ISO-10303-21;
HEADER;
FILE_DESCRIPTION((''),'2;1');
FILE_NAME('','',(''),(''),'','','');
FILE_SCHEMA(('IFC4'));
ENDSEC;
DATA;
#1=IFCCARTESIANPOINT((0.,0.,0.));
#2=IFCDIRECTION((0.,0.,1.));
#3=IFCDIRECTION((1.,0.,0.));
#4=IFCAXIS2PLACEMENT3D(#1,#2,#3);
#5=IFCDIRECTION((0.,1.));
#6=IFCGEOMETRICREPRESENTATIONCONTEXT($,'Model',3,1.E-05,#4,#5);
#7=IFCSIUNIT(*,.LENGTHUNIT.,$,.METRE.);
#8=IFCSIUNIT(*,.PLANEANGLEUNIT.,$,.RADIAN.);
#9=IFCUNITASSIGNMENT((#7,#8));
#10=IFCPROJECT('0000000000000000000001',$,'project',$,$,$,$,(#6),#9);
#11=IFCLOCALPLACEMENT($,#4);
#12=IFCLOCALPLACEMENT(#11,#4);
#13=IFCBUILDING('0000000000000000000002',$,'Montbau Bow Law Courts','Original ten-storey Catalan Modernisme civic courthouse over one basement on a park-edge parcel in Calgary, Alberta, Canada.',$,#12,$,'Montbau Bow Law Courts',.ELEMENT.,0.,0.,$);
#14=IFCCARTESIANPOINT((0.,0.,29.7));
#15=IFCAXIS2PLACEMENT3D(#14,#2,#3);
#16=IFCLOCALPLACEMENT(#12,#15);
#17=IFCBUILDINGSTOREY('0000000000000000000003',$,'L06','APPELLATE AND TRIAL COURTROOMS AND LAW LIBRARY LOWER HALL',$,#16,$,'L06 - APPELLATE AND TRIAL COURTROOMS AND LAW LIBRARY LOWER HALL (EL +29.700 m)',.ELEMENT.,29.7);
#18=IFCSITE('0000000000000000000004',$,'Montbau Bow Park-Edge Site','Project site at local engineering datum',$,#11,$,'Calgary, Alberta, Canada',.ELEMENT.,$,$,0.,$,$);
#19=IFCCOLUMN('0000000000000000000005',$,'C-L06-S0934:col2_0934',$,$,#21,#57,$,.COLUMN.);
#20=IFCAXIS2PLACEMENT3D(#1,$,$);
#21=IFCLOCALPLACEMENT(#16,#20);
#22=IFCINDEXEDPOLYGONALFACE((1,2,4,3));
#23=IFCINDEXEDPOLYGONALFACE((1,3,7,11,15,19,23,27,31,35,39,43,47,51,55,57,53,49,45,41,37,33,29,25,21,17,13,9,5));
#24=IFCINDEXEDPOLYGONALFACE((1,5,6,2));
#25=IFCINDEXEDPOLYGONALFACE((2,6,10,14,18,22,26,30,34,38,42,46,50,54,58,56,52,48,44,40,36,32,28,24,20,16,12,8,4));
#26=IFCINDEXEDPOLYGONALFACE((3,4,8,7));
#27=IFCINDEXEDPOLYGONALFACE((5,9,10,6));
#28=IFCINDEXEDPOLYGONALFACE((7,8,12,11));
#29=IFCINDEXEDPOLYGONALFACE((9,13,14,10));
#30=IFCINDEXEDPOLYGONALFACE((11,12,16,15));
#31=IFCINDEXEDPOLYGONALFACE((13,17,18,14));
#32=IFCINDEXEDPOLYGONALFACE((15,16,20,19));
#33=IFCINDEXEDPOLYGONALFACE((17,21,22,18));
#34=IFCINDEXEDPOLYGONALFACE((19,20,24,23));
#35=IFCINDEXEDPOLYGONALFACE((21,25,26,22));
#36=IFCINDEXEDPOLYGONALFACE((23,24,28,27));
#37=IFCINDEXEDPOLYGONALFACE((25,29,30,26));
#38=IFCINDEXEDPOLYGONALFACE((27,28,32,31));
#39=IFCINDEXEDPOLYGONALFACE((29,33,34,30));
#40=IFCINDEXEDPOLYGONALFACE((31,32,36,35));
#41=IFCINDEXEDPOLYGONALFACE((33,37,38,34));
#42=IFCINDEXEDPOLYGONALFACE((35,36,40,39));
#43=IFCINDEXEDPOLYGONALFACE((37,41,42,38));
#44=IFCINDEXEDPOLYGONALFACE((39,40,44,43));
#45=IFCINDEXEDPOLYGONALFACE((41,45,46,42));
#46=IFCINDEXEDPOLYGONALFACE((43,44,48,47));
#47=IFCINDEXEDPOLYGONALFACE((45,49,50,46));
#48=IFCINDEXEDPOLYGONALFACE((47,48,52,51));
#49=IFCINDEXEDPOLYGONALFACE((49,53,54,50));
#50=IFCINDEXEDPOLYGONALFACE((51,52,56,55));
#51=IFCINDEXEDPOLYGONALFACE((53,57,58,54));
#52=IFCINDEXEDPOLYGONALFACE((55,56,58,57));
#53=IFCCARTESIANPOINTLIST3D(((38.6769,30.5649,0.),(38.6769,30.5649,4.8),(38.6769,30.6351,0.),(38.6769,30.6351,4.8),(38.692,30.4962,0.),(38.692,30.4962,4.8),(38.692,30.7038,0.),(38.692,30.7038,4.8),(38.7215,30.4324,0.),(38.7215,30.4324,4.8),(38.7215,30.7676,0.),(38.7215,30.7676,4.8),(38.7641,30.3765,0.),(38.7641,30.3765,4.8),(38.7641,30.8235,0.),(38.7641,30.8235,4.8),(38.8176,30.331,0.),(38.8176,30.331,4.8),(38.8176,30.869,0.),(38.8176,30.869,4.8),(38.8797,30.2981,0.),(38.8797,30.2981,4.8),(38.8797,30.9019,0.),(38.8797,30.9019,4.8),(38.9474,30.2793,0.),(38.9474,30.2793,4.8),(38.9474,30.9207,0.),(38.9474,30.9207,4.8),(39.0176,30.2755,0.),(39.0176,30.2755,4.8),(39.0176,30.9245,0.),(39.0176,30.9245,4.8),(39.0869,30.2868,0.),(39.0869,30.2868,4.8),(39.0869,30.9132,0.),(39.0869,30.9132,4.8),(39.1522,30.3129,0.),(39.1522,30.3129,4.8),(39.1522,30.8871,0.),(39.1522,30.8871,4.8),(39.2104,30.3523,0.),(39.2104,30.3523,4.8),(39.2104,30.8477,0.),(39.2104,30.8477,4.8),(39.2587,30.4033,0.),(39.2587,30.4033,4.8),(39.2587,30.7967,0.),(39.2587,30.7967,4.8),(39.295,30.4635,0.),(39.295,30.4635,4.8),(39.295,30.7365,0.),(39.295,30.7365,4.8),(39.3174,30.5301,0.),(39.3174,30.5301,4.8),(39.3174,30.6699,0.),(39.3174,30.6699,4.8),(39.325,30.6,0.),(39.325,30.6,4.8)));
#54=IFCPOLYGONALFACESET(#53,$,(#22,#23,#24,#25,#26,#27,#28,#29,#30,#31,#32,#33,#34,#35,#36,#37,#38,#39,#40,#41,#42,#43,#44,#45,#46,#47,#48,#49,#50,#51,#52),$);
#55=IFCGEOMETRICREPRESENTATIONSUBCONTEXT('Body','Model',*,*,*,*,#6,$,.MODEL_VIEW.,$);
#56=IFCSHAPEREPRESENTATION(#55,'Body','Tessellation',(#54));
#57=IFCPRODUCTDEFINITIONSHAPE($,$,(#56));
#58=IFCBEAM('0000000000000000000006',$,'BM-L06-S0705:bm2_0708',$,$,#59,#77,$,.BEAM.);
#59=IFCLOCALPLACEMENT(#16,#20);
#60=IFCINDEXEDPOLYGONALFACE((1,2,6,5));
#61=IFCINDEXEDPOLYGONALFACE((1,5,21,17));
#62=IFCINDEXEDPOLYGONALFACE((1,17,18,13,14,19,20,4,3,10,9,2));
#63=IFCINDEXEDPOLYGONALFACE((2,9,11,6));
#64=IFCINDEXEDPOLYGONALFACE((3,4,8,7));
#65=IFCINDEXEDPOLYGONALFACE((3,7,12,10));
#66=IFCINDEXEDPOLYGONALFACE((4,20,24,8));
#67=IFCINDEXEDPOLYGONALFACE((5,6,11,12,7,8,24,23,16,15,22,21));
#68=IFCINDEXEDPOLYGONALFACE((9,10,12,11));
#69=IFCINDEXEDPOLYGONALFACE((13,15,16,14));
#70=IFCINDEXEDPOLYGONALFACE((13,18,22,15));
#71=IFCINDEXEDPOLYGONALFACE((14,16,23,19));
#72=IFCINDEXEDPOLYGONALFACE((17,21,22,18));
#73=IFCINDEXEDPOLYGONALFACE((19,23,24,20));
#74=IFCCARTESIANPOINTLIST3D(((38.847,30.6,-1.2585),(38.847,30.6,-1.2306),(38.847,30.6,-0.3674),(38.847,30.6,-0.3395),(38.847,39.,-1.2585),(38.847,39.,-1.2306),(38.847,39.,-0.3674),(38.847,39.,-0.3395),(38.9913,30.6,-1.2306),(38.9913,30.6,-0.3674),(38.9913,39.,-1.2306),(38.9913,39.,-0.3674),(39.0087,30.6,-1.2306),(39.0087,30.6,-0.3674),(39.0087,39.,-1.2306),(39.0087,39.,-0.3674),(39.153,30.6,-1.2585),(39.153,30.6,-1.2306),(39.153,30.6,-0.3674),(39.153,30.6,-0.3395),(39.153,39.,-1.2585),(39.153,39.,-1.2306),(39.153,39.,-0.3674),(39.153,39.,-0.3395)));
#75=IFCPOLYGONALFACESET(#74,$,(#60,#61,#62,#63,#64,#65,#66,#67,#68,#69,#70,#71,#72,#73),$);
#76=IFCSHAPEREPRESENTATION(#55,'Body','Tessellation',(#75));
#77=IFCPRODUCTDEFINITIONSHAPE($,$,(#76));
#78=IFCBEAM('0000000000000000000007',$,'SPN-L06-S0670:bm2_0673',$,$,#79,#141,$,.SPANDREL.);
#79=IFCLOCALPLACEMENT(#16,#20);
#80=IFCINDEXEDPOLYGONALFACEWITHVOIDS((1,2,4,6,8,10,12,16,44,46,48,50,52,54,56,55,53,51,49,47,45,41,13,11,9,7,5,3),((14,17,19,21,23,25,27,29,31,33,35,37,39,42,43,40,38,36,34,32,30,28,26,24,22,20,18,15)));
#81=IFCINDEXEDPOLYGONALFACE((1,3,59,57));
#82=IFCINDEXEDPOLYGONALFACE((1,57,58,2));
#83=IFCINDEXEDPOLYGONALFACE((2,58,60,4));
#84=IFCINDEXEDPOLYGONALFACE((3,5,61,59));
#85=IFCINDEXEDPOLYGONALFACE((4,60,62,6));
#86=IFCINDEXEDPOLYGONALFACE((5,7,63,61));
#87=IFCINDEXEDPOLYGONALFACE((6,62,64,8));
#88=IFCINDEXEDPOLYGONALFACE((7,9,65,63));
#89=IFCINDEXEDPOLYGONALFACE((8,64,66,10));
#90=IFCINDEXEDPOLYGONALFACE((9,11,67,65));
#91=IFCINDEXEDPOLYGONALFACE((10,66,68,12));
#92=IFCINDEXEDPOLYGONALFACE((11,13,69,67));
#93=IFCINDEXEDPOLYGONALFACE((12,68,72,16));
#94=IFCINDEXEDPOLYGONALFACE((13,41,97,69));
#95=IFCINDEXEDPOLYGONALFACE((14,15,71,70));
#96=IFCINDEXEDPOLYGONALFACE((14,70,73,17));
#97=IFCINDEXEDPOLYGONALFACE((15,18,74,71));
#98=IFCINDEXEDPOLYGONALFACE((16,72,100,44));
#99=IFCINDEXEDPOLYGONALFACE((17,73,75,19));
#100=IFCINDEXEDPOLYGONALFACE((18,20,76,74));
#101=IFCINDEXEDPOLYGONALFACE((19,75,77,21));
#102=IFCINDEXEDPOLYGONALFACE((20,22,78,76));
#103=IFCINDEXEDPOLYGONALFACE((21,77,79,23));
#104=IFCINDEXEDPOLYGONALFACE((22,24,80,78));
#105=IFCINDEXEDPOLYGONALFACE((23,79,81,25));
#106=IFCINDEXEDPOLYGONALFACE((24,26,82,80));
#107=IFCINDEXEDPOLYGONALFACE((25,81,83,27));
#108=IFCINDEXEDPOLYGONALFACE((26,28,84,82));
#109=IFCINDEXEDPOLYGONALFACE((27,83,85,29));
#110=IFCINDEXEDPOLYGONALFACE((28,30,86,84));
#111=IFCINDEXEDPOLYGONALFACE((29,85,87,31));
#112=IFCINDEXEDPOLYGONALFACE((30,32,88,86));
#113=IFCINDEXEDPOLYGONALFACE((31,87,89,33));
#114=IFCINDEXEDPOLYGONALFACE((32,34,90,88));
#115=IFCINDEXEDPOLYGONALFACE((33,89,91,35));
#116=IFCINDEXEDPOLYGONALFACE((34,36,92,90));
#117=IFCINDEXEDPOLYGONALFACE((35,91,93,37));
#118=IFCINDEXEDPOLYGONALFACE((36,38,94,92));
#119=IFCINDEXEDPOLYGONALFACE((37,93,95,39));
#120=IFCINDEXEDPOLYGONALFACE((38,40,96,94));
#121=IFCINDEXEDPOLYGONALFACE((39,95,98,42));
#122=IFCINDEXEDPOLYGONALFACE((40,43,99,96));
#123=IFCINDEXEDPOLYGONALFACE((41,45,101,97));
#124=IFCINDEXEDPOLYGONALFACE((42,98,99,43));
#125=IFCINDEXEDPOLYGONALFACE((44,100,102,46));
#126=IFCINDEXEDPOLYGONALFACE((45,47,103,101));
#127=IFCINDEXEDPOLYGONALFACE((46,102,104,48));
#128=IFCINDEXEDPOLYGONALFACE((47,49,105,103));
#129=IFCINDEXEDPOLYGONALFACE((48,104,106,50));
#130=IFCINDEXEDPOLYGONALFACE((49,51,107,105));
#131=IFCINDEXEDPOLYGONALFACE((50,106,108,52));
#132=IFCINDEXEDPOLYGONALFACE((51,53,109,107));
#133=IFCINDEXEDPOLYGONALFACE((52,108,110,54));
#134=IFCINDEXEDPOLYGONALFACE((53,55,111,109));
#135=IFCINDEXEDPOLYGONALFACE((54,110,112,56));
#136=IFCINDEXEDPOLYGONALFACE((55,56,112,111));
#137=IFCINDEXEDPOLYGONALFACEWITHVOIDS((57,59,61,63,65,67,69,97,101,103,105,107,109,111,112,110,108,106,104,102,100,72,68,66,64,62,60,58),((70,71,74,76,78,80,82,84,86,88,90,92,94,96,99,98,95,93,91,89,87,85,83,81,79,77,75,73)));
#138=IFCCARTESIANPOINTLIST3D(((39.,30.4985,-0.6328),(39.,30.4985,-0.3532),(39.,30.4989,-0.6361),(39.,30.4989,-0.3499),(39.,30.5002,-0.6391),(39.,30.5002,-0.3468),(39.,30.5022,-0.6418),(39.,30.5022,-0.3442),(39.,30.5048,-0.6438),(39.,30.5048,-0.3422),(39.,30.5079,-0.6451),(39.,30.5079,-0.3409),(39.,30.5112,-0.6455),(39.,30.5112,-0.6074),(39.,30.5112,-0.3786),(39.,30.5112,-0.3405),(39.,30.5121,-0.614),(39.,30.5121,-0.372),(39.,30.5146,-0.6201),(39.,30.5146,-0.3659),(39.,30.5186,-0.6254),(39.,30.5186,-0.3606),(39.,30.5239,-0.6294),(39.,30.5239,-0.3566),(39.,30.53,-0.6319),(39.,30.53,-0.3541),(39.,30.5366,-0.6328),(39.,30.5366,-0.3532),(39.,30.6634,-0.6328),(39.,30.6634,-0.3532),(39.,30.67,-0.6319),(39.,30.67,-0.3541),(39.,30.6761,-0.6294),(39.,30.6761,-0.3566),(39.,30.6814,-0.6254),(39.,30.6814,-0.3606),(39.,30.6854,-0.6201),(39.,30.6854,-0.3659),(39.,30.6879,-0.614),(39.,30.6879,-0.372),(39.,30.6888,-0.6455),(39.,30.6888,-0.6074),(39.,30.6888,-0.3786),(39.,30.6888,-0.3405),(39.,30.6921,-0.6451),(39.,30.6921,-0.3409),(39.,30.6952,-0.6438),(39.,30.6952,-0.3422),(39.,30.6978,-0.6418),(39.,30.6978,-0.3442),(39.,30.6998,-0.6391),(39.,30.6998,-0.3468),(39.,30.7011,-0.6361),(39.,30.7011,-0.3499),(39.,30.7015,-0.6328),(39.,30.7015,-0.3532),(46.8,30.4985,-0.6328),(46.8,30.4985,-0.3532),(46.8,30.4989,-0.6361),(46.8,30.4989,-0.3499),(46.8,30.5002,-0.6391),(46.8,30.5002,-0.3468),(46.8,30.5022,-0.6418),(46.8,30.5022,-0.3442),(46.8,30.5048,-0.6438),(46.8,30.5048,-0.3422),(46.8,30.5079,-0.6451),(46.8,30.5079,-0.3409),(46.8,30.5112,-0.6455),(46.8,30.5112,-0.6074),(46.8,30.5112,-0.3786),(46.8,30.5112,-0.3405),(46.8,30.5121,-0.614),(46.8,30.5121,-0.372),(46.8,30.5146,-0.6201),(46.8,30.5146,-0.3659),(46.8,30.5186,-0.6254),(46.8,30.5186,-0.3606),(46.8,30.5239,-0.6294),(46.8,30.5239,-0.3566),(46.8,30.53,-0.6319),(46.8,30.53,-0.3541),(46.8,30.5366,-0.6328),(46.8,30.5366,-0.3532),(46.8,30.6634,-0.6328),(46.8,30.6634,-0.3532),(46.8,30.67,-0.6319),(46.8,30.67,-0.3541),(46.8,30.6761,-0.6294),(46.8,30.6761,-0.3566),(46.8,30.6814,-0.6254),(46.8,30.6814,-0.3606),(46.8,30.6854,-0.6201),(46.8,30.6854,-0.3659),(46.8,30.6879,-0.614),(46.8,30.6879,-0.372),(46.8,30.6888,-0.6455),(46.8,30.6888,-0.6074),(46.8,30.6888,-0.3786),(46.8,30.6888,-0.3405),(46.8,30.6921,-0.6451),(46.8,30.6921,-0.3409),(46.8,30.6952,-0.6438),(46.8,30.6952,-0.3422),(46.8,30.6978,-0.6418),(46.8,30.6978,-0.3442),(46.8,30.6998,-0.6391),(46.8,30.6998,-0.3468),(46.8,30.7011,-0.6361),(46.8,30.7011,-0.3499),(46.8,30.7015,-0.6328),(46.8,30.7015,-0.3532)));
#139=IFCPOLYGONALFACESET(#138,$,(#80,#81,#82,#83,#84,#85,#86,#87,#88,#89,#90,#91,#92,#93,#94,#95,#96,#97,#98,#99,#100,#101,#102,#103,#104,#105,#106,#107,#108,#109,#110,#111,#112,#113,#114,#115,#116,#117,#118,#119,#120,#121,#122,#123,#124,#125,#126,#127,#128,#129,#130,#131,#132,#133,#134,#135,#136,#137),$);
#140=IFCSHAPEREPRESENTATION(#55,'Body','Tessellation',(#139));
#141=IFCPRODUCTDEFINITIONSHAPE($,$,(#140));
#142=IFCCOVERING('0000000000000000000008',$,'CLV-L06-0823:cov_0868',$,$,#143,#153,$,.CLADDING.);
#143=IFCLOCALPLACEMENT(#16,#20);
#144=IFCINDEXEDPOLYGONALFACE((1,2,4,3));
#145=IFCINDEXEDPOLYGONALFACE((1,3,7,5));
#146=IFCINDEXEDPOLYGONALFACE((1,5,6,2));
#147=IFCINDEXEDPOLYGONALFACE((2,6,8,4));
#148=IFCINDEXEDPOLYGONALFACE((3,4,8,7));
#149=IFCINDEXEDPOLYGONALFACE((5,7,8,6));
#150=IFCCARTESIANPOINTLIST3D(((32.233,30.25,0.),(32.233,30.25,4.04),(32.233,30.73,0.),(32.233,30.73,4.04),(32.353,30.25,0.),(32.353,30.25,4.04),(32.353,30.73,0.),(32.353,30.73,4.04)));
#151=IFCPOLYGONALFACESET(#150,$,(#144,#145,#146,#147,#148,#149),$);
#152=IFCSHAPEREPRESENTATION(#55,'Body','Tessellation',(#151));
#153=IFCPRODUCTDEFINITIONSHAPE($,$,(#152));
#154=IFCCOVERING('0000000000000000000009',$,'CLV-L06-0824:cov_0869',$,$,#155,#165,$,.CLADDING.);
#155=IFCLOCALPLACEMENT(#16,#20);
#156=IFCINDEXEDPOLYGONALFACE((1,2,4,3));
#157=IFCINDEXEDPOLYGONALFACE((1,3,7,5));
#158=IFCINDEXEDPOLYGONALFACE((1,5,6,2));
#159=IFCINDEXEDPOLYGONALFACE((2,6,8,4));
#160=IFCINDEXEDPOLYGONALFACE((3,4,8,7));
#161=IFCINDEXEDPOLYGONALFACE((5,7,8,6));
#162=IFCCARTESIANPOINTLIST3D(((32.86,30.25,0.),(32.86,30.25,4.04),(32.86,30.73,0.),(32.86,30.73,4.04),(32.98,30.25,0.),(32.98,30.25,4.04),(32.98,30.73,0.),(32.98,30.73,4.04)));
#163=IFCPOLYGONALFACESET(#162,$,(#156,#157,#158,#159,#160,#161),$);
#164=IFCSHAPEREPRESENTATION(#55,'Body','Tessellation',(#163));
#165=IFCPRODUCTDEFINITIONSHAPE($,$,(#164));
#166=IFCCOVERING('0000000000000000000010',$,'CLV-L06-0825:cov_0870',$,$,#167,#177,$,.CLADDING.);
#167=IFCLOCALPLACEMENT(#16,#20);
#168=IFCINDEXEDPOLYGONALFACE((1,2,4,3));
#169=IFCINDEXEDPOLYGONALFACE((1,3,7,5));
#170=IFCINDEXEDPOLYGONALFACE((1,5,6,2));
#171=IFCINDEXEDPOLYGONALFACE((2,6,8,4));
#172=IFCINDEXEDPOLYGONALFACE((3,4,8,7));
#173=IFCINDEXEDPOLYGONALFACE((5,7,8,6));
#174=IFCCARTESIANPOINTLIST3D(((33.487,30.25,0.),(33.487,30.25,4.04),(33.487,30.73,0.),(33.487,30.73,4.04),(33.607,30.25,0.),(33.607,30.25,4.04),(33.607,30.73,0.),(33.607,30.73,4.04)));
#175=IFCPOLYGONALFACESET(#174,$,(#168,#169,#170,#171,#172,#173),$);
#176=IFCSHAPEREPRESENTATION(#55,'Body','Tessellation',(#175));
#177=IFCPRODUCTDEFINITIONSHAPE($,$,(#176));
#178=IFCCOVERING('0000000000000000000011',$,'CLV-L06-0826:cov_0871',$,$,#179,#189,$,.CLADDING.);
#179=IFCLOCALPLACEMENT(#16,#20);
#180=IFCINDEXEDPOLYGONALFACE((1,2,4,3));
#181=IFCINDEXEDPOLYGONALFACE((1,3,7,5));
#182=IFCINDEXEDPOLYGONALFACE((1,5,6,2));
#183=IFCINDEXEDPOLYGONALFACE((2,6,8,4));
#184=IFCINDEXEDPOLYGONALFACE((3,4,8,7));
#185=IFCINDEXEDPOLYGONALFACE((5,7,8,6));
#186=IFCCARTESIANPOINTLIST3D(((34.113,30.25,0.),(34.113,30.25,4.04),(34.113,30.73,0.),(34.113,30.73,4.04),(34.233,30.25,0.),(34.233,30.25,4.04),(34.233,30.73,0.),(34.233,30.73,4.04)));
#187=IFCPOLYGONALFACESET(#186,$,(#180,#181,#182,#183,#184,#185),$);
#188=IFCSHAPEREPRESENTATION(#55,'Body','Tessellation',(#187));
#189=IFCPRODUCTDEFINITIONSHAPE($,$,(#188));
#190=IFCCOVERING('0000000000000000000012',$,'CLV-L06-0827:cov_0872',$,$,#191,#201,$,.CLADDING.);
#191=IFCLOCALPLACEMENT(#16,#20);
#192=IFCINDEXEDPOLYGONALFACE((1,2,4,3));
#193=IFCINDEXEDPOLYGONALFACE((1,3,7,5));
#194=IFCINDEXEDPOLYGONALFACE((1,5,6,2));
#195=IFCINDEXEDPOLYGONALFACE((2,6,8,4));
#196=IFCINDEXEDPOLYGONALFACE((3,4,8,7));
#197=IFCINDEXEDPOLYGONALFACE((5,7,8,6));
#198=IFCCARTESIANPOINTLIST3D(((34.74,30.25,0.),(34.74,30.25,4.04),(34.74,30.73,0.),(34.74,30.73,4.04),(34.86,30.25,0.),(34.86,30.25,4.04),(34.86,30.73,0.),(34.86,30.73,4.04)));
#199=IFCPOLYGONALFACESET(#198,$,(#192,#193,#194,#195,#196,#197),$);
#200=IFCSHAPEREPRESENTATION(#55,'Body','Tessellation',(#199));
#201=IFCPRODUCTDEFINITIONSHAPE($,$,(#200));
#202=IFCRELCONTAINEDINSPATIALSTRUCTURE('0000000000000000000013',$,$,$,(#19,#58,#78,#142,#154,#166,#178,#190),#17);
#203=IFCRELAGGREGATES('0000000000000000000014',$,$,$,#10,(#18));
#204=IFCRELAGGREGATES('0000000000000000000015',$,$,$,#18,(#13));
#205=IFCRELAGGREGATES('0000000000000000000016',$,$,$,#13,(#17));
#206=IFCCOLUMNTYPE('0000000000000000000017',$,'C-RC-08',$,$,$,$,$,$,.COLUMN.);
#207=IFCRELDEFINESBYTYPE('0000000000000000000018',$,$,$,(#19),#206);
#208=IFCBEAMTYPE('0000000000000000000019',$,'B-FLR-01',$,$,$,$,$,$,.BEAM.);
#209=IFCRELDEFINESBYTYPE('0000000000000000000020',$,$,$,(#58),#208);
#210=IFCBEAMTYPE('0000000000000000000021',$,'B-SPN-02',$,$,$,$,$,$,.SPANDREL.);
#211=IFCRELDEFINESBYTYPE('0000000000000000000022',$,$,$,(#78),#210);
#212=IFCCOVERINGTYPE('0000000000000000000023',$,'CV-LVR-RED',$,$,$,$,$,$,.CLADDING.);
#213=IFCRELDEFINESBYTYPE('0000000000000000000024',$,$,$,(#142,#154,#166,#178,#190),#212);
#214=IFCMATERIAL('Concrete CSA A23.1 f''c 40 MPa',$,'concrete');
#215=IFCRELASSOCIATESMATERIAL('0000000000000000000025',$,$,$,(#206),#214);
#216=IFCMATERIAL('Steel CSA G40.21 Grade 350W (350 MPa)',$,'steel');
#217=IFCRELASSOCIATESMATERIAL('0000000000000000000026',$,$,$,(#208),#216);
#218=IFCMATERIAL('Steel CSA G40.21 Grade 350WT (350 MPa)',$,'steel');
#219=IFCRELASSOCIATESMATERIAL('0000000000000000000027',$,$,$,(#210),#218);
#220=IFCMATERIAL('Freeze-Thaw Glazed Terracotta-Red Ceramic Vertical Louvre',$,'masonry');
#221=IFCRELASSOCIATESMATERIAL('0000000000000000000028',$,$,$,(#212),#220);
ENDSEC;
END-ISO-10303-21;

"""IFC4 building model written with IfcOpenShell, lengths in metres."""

from ifc_helpers import new_model, si_unit, direction, frame, frame_2d, origin_with_axes, origin_2d_with_axis, place, context, subcontext, project, spatial, rectangle, hollow_rectangle, circle, i_section, extrude, material, material_profile, profile_set, type_object, element, save


model = new_model("IFC4")

# Units and contexts
model_context = context("Model", 3, precision=1e-05, world=origin_with_axes(), true_north=direction((0.0, 1.0)))
body_context = subcontext(model_context, "Body", "Model", "MODEL_VIEW")
ifc_project = project(units=[si_unit("LENGTHUNIT", "METRE"), si_unit("PLANEANGLEUNIT", "RADIAN")], contexts=[model_context])

# Site, building, storey
site_placement = place(None, origin_with_axes())
site = spatial("IfcSite", under=ifc_project, at=site_placement, Name="Montbau Bow Park-Edge Site", Description="Project site at local engineering datum", LongName="Calgary, Alberta, Canada", CompositionType="ELEMENT", RefElevation=0.0)
building_placement = place(site_placement, origin_with_axes())
building = spatial("IfcBuilding", under=site, at=building_placement, Name="Montbau Bow Law Courts", Description="Original ten-storey Catalan Modernisme civic courthouse over one basement on a park-edge parcel in Calgary, Alberta, Canada.", LongName="Montbau Bow Law Courts", CompositionType="ELEMENT", ElevationOfRefHeight=0.0, ElevationOfTerrain=0.0)
storey_placement = place(building_placement, frame((0.0, 0.0, 29.7), z_axis=(0.0, 0.0, 1.0), x_axis=(1.0, 0.0, 0.0)))
storey = spatial("IfcBuildingStorey", under=building, at=storey_placement, Name="L06", Description="APPELLATE AND TRIAL COURTROOMS AND LAW LIBRARY LOWER HALL", LongName="L06 - APPELLATE AND TRIAL COURTROOMS AND LAW LIBRARY LOWER HALL (EL +29.700 m)", CompositionType="ELEMENT", Elevation=29.7)

# Column
ifc_material_1 = material(Name="Concrete CSA A23.1 f'c 40 MPa", Category="concrete")
ifc_material_profile_1 = material_profile(ifc_material_1, circle(Radius=0.325, at=origin_2d_with_axis()), Name="RC650D", Category="Main", Priority=0)
ifc_profile_set_1 = profile_set([ifc_material_profile_1], Name="Concrete CSA A23.1 f'c 40 MPa")
column_type = type_object("IfcColumnType", Name="C-RC-08", PredefinedType="COLUMN", material=ifc_profile_set_1)
column_placement = place(None, frame((39.0, 30.6, 29.7), z_axis=(0.0, 0.0, 1.0), x_axis=(1.0, 0.0, 0.0)))
element("IfcColumn", 1, at=column_placement, inside=storey, type_object=column_type, Name="C-L06-S0934:col2_0934", PredefinedType="COLUMN", context=body_context, shape_type="SweptSolid", body=[
    extrude(circle(Radius=0.325, at=origin_2d_with_axis()), origin_with_axes(), (0.0, 0.0, 1.0), 4.8),
])

# Beams
ifc_material_2 = material(Name="Steel CSA G40.21 Grade 350W (350 MPa)", Category="steel")
ifc_material_profile_2 = material_profile(ifc_material_2, i_section(OverallWidth=0.306, OverallDepth=0.919, WebThickness=0.0173, FlangeThickness=0.0279, at=origin_2d_with_axis()), Name="W920X253", Category="Main", Priority=0)
ifc_profile_set_2 = profile_set([ifc_material_profile_2], Name="Steel CSA G40.21 Grade 350W (350 MPa)")
beam_type_1 = type_object("IfcBeamType", Name="B-FLR-01", PredefinedType="BEAM", material=ifc_profile_set_2)
beam_1_placement = place(None, frame((39.0, 30.6, 28.901), z_axis=(0.0, 1.0, 0.0), x_axis=(-1.0, 0.0, 0.0)))
element("IfcBeam", 2, at=beam_1_placement, inside=storey, type_object=beam_type_1, Name="BM-L06-S0705:bm2_0708", PredefinedType="BEAM", context=body_context, shape_type="SweptSolid", body=[
    extrude(i_section(OverallWidth=0.306, OverallDepth=0.919, WebThickness=0.0173, FlangeThickness=0.0279, at=origin_2d_with_axis()), origin_with_axes(), (0.0, 0.0, 1.0), 8.4),
])
ifc_material_3 = material(Name="Steel CSA G40.21 Grade 350WT (350 MPa)", Category="steel")
ifc_material_profile_3 = material_profile(ifc_material_3, hollow_rectangle(XDim=0.203, YDim=0.305, WallThickness=0.0127, InnerFilletRadius=0.0254, OuterFilletRadius=0.0127, at=origin_2d_with_axis()), Name="HSS305X203X13", Category="Main", Priority=0)
ifc_profile_set_3 = profile_set([ifc_material_profile_3], Name="Steel CSA G40.21 Grade 350WT (350 MPa)")
beam_type_2 = type_object("IfcBeamType", Name="B-SPN-02", PredefinedType="SPANDREL", material=ifc_profile_set_3)
beam_2_placement = place(None, frame((39.0, 30.6, 29.207), z_axis=(1.0, 0.0, 0.0), x_axis=(0.0, 1.0, 0.0)))
element("IfcBeam", 3, at=beam_2_placement, inside=storey, type_object=beam_type_2, Name="SPN-L06-S0670:bm2_0673", PredefinedType="SPANDREL", context=body_context, shape_type="SweptSolid", body=[
    extrude(hollow_rectangle(XDim=0.203, YDim=0.305, WallThickness=0.0127, InnerFilletRadius=0.0254, OuterFilletRadius=0.0127, at=origin_2d_with_axis()), origin_with_axes(), (0.0, 0.0, 1.0), 7.8),
])

# Coverings
ifc_material_4 = material(Name="Freeze-Thaw Glazed Terracotta-Red Ceramic Vertical Louvre", Category="masonry")
covering_type = type_object("IfcCoveringType", Name="CV-LVR-RED", PredefinedType="CLADDING", material=ifc_material_4)
for number, where, z_axis, x_axis, name in (
    (4, (32.293, 30.73, 29.7), (-1.0, 0.0, 0.0), (0.0, -1.0, 0.0), "CLV-L06-0823:cov_0868"),
    (5, (32.92, 30.73, 29.7), (-1.0, 0.0, 0.0), (0.0, -1.0, 0.0), "CLV-L06-0824:cov_0869"),
    (6, (33.547, 30.73, 29.7), (-1.0, 0.0, 0.0), (0.0, -1.0, 0.0), "CLV-L06-0825:cov_0870"),
    (7, (34.173, 30.73, 29.7), (-1.0, 0.0, 0.0), (0.0, -1.0, 0.0), "CLV-L06-0826:cov_0871"),
    (8, (34.8, 30.73, 29.7), (-1.0, 0.0, 0.0), (0.0, -1.0, 0.0), "CLV-L06-0827:cov_0872"),
):
    element("IfcCovering", number, at=place(None, frame(where, z_axis=z_axis, x_axis=x_axis)), inside=storey, type_object=covering_type, Name=name, PredefinedType="CLADDING", context=body_context, shape_type="SweptSolid", body=[
        extrude(rectangle(XDim=0.48, YDim=4.04, at=frame_2d((0.24, 2.02), x_axis=(1.0, 0.0))), frame((0.0, 0.0, -0.06), z_axis=(0.0, 0.0, 1.0), x_axis=(1.0, 0.0, 0.0)), (0.0, 0.0, 1.0), 0.12),
    ])

save(model, "model.ifc")
